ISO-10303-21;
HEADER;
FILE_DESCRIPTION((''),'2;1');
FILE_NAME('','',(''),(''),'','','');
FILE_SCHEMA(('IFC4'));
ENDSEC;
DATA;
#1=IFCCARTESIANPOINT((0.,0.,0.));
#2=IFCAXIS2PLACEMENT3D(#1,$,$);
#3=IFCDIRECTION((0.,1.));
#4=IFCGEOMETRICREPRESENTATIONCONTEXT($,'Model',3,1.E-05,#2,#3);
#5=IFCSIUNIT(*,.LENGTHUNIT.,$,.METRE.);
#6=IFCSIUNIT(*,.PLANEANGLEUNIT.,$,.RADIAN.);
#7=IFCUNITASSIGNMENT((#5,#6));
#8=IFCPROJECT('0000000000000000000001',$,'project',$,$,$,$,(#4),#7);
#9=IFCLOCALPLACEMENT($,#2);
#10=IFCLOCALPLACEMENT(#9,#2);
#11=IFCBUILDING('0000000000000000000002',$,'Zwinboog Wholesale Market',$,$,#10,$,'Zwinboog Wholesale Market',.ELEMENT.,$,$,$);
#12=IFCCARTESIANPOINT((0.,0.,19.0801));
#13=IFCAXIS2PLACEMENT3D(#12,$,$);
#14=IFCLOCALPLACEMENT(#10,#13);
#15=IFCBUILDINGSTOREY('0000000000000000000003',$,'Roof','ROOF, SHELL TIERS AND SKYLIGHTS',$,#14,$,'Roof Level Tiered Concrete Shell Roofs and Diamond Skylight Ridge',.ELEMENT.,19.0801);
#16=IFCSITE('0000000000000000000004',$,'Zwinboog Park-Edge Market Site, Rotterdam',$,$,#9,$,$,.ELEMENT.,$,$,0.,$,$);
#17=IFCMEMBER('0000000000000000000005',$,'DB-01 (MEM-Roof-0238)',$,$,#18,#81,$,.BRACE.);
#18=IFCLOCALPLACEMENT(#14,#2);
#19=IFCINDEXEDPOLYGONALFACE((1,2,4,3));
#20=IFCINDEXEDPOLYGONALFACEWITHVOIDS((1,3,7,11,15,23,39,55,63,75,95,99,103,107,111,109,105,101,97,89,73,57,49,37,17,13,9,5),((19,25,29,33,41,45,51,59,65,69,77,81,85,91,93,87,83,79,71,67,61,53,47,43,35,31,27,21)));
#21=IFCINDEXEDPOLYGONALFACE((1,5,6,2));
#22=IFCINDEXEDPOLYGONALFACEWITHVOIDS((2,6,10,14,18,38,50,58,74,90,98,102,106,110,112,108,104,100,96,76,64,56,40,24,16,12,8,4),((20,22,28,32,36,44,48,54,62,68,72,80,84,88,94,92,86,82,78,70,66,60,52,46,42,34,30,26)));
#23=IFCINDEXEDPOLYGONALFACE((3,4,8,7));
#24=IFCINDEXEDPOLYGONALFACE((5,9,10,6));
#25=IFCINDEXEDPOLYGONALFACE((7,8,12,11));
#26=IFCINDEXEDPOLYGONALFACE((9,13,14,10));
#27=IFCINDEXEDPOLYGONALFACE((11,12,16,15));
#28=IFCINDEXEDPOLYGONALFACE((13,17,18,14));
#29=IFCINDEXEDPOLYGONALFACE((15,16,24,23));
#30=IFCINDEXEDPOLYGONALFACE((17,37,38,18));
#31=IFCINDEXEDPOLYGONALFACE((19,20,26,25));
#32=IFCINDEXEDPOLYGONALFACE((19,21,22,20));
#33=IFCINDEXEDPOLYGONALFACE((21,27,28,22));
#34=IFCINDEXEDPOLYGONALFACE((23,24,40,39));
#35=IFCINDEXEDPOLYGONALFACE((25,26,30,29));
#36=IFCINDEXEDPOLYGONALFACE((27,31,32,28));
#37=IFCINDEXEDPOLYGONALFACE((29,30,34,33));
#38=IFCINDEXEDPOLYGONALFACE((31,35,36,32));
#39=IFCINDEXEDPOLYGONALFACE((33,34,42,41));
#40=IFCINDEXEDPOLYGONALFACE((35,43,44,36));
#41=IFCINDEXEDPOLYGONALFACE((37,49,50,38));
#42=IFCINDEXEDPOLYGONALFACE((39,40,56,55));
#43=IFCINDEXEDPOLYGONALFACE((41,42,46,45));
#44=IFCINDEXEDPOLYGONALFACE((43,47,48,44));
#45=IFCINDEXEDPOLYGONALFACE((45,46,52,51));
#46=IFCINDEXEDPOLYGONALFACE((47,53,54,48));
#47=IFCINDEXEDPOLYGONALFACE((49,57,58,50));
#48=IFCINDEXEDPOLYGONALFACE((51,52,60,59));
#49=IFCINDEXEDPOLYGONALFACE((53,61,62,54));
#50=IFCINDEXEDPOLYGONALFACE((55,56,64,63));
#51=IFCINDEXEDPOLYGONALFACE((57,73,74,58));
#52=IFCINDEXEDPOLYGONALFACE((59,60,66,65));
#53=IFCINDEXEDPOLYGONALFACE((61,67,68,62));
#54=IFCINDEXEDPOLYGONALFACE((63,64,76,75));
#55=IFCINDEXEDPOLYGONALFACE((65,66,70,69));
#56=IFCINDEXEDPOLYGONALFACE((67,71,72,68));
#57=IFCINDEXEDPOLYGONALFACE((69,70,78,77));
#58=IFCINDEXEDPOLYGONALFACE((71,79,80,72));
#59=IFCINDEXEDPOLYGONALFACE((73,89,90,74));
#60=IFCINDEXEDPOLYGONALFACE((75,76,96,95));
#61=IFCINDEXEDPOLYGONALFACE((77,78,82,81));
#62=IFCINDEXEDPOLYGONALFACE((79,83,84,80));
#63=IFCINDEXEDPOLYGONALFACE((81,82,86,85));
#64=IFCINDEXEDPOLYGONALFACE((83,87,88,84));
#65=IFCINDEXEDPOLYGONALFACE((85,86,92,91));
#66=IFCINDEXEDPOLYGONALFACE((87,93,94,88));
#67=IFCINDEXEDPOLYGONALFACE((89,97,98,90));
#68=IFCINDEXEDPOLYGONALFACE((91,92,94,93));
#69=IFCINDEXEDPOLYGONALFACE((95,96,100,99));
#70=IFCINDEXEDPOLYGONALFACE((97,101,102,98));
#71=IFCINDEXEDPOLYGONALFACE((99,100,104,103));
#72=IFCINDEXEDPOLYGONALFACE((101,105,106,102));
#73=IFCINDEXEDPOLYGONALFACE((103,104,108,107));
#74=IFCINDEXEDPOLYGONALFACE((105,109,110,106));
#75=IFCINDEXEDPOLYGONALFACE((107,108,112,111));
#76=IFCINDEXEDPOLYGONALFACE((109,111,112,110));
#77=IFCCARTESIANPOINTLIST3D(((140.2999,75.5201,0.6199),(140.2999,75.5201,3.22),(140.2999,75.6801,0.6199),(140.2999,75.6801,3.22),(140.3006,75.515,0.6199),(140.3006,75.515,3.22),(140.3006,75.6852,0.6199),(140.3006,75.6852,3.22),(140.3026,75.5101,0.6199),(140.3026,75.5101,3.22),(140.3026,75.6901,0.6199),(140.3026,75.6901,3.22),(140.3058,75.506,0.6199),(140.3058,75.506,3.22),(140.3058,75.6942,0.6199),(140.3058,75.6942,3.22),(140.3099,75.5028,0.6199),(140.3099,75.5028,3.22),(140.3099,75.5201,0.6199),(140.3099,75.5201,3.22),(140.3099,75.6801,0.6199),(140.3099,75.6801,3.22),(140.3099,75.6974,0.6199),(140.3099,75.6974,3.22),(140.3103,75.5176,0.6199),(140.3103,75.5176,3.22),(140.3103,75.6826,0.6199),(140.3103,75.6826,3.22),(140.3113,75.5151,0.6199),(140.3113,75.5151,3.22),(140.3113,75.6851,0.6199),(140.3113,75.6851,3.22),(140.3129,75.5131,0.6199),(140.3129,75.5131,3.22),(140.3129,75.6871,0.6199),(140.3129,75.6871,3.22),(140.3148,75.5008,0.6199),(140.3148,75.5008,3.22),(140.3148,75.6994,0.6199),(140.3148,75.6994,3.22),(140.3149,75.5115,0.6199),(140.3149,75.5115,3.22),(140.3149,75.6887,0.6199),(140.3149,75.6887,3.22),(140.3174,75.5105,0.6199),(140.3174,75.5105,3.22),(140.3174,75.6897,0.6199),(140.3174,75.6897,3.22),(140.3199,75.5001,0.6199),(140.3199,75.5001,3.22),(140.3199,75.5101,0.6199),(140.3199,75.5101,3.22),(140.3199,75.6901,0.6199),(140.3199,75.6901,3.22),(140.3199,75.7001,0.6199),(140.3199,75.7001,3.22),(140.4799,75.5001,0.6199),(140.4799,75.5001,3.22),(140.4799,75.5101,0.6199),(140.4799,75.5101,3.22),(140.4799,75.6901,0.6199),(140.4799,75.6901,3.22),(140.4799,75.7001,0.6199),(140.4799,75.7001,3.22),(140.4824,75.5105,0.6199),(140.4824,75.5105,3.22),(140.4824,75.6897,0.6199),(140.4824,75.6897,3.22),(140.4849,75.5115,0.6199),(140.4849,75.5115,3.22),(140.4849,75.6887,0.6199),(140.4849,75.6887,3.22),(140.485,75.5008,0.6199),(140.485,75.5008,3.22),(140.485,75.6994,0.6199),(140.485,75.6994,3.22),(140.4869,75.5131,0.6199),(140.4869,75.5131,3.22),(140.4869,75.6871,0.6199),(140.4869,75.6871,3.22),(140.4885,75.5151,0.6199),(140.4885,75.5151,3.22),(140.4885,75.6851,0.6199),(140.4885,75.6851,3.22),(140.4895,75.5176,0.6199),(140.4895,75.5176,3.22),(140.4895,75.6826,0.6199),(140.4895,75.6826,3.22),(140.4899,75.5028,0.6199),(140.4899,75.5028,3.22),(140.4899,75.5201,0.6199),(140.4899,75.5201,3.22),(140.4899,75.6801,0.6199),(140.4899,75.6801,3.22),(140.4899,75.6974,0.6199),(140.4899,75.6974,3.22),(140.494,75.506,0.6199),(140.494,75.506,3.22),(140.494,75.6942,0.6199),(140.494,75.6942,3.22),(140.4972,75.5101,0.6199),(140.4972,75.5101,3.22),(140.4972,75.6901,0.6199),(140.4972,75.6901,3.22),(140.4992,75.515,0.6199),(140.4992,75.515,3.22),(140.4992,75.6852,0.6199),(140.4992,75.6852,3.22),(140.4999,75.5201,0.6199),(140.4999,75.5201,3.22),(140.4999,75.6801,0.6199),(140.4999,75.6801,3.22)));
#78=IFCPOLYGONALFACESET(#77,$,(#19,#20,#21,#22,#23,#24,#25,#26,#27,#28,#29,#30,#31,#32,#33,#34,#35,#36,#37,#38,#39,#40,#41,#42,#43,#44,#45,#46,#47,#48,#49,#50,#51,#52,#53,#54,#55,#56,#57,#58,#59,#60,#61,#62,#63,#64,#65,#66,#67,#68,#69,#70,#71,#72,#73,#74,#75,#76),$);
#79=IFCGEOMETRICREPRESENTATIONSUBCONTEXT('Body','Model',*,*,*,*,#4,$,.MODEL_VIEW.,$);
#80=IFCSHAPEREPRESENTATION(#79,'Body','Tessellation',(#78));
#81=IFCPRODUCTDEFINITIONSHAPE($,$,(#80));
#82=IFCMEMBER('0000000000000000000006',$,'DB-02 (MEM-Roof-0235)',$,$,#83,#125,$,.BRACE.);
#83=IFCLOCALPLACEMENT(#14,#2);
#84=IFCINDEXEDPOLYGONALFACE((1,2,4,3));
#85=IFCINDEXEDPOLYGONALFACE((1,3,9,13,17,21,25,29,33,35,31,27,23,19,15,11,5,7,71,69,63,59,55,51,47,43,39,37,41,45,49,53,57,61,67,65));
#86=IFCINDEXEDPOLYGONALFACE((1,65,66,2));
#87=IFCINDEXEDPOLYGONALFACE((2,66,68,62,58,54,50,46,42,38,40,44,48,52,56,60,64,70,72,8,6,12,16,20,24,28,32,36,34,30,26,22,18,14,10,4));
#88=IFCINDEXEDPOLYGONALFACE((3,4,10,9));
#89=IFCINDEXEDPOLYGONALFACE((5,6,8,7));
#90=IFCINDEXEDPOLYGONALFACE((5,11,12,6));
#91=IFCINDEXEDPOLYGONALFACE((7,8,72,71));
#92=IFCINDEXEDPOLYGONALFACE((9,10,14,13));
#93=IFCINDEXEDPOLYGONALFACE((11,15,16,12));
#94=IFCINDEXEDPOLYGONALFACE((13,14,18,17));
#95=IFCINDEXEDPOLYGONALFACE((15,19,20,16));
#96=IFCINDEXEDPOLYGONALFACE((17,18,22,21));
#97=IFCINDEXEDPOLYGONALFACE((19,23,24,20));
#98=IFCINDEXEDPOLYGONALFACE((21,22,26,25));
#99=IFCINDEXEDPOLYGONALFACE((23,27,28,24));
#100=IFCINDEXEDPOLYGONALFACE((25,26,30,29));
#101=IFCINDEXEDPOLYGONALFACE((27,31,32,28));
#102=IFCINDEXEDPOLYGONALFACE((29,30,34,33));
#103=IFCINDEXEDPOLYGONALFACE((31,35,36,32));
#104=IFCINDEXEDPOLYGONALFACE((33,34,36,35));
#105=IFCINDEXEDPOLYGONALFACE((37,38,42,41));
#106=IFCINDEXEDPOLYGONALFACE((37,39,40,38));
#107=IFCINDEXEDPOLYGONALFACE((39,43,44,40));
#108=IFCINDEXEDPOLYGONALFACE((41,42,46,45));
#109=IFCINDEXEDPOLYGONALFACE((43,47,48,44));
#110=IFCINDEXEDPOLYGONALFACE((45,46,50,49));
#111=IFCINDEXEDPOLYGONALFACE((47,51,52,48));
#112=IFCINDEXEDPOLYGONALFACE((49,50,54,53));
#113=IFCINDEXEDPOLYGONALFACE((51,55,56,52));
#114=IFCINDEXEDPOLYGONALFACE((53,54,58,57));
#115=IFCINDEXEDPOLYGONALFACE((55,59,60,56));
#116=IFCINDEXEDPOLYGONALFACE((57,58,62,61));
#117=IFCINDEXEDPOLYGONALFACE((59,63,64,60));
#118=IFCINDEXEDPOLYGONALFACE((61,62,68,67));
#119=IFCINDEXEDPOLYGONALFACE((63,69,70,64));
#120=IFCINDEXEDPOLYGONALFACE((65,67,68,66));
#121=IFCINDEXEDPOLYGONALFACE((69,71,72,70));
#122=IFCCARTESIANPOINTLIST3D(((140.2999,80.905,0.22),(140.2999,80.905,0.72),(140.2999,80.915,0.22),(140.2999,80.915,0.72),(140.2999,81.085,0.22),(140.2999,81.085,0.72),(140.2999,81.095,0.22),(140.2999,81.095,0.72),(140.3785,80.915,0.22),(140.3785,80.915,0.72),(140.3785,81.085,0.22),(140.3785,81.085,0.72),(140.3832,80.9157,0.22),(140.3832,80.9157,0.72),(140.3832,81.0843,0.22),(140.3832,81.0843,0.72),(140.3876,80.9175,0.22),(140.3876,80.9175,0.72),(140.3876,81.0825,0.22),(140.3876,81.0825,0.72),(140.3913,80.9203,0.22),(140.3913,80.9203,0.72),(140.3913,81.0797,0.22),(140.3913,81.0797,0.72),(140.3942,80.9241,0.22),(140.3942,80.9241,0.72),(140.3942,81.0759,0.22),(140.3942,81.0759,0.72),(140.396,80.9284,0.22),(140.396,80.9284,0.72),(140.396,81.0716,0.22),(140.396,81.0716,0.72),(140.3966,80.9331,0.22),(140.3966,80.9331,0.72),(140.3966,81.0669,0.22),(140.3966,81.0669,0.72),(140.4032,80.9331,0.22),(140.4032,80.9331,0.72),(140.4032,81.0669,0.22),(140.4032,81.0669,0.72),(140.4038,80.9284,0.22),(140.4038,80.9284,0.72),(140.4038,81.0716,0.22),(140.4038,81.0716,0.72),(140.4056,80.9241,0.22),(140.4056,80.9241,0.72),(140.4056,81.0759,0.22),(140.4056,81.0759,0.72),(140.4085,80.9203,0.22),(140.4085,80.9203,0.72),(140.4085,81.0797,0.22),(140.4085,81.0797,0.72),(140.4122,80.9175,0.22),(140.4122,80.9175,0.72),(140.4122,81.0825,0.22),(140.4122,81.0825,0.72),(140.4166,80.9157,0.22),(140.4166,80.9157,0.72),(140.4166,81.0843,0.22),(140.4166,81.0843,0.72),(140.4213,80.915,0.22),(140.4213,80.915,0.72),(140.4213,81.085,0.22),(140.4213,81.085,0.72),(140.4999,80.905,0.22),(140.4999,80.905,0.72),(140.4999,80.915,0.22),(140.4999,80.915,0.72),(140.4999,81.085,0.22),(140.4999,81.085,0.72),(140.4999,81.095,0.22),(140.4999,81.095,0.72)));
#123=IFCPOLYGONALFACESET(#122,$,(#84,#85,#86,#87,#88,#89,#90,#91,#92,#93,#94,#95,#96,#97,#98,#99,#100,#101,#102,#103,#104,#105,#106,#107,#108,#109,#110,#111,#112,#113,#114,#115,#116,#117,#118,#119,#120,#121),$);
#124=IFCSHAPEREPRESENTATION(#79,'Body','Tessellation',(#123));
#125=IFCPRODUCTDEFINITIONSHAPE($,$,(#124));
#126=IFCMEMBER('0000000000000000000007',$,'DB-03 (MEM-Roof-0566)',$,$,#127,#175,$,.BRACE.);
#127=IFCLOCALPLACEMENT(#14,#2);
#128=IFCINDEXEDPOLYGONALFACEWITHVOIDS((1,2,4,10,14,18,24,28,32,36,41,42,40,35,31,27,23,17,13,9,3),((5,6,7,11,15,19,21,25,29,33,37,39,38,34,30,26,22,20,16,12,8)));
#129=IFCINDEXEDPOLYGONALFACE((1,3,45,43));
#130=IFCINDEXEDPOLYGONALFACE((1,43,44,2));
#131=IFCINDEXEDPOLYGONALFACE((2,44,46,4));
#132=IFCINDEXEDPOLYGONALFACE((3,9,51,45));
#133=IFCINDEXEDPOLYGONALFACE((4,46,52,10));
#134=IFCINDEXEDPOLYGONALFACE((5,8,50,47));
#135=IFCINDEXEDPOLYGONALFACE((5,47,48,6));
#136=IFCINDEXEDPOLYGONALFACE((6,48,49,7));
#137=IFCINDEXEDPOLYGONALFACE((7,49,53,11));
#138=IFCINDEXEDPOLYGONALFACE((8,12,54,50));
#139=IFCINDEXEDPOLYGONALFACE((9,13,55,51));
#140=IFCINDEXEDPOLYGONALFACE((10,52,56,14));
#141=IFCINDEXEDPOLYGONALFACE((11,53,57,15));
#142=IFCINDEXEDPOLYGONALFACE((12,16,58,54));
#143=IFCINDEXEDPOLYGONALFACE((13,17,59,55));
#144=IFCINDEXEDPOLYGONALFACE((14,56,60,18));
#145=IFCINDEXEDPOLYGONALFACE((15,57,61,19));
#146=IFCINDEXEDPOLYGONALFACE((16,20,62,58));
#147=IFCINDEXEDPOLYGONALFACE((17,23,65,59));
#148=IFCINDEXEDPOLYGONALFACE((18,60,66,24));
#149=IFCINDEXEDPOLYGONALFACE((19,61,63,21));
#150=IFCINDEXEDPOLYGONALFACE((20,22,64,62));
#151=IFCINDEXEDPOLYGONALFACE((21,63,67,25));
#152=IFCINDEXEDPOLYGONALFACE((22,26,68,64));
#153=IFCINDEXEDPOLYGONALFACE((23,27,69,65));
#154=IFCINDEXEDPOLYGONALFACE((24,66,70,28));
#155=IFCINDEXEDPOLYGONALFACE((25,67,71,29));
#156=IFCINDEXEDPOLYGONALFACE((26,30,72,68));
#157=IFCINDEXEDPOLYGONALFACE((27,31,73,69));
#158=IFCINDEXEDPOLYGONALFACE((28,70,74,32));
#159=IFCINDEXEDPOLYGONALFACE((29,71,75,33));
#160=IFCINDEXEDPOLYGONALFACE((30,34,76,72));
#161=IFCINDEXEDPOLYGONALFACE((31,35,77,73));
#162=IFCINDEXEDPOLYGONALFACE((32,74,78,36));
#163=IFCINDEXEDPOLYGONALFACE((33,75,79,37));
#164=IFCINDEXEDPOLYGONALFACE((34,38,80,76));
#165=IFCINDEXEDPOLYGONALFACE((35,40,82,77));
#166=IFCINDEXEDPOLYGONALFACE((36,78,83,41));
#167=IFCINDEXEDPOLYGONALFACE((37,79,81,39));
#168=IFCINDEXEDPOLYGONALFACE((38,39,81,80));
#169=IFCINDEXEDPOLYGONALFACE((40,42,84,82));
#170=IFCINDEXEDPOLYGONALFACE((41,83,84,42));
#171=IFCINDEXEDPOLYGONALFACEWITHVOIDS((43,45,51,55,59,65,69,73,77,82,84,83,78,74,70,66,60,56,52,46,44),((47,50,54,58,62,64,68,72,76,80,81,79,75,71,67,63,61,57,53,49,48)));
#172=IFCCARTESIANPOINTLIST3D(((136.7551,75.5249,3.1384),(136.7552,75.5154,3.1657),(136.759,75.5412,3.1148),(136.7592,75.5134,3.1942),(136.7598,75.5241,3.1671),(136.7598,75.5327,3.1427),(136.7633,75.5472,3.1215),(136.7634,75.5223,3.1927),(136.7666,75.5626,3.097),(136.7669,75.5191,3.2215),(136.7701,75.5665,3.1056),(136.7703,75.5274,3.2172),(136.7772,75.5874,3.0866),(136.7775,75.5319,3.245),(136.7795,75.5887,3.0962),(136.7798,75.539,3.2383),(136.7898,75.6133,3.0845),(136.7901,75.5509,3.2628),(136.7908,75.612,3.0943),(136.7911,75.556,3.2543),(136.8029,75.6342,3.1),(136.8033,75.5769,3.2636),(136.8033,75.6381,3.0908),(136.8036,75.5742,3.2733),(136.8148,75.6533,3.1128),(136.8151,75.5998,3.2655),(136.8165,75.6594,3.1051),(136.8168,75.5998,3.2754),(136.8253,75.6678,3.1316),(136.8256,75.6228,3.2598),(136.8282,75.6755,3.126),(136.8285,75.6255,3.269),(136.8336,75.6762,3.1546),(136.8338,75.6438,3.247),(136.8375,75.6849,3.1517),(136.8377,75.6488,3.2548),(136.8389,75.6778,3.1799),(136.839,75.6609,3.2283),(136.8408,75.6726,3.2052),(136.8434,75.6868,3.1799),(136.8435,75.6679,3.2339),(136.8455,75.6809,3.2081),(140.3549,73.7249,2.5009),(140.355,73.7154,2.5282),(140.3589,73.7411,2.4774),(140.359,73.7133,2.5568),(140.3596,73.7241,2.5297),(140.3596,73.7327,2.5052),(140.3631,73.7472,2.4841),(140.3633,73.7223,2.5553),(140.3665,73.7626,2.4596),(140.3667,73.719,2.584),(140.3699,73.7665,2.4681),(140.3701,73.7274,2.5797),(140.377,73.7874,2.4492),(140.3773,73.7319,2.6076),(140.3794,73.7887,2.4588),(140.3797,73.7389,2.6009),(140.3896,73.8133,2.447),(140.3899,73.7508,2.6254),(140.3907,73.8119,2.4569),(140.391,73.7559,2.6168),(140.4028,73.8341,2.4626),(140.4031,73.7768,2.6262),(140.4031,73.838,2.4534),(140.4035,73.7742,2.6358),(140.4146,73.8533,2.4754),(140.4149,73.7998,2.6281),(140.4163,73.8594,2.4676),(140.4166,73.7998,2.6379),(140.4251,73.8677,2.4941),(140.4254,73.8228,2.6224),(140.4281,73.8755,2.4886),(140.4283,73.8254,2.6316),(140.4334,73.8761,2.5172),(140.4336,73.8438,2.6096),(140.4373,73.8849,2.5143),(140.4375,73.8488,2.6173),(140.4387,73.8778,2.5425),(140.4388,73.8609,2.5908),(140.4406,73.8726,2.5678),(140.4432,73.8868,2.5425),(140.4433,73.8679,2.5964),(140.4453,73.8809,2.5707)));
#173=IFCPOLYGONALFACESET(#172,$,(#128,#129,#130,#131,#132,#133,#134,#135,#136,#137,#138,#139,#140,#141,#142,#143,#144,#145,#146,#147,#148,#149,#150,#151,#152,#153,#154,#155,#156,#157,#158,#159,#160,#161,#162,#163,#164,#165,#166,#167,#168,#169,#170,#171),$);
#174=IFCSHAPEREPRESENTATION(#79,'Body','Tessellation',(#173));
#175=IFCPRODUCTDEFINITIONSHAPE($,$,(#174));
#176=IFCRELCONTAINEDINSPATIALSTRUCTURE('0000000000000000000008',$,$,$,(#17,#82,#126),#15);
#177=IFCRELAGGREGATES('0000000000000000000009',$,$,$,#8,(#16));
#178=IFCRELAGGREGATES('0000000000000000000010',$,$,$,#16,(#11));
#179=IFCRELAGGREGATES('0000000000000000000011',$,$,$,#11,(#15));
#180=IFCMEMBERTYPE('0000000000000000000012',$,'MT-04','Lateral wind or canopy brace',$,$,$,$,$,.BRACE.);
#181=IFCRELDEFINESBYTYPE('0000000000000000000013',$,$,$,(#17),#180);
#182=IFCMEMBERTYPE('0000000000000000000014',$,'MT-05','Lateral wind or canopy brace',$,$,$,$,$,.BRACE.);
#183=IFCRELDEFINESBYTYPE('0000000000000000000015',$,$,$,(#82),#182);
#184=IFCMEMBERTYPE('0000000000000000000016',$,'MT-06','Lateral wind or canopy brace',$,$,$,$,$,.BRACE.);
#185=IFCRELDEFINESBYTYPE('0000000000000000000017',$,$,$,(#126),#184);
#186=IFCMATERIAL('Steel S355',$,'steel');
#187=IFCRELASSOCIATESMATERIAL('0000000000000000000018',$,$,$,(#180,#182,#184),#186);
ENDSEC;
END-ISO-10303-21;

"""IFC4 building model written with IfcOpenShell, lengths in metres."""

from ifc_helpers import new_model, si_unit, direction, frame, origin, origin_2d, place, context, subcontext, project, spatial, hollow_rectangle, hollow_circle, i_section, extrude, material, material_profile, profile_set, type_object, element, save


model = new_model("IFC4")

# Units and contexts
model_context = context("Model", 3, precision=1e-05, world=origin(), true_north=direction((0.0, 1.0)))
body_context = subcontext(model_context, "Body", "Model", "MODEL_VIEW")
ifc_project = project(units=[si_unit("LENGTHUNIT", "METRE"), si_unit("PLANEANGLEUNIT", "RADIAN")], contexts=[model_context])

# Site, building, storey
site_placement = place(None, origin())
site = spatial("IfcSite", under=ifc_project, at=site_placement, Name="Zwinboog Park-Edge Market Site, Rotterdam", CompositionType="ELEMENT", RefElevation=0.0)
building_placement = place(site_placement, origin())
building = spatial("IfcBuilding", under=site, at=building_placement, Name="Zwinboog Wholesale Market", LongName="Zwinboog Wholesale Market", CompositionType="ELEMENT")
storey_placement = place(building_placement, frame((0.0, 0.0, 19.0801)))
storey = spatial("IfcBuildingStorey", under=building, at=storey_placement, Name="Roof", Description="ROOF, SHELL TIERS AND SKYLIGHTS", LongName="Roof Level Tiered Concrete Shell Roofs and Diamond Skylight Ridge", CompositionType="ELEMENT", Elevation=19.0801)

# Members
ifc_material_1 = material(Name="Steel S355", Category="steel")
ifc_material_profile_1 = material_profile(ifc_material_1, hollow_rectangle(XDim=0.2, YDim=0.2, WallThickness=0.01, InnerFilletRadius=0.01, OuterFilletRadius=0.02, at=origin_2d()), Name="SHS 200x200x10")
ifc_profile_set_1 = profile_set([ifc_material_profile_1], Name="Steel S355")
member_type_1 = type_object("IfcMemberType", Name="MT-04", Description="Lateral wind or canopy brace", PredefinedType="BRACE", material=ifc_profile_set_1)
member_1_placement = place(storey_placement, frame((140.3999, 75.6001, 0.6199), z_axis=(0.0, 0.0, 1.0), x_axis=(1.0, 0.0, 0.0)))
element("IfcMember", 1, at=member_1_placement, inside=storey, type_object=member_type_1, Name="DB-01 (MEM-Roof-0238)", PredefinedType="BRACE", context=body_context, shape_type="SweptSolid", body=[
    extrude(hollow_rectangle(XDim=0.2, YDim=0.2, WallThickness=0.01, InnerFilletRadius=0.01, OuterFilletRadius=0.02, at=origin_2d()), origin(), (0.0, 0.0, 1.0), 2.6001),
])
ifc_material_profile_2 = material_profile(ifc_material_1, i_section(OverallWidth=0.2, OverallDepth=0.1899, WebThickness=0.0066, FlangeThickness=0.01, FilletRadius=0.0181, at=origin_2d()), Name="HEA 200")
ifc_profile_set_2 = profile_set([ifc_material_profile_2], Name="Steel S355")
member_type_2 = type_object("IfcMemberType", Name="MT-05", Description="Lateral wind or canopy brace", PredefinedType="BRACE", material=ifc_profile_set_2)
member_2_placement = place(storey_placement, frame((140.3999, 81.0, 0.22), z_axis=(0.0, 0.0, 1.0), x_axis=(1.0, 0.0, 0.0)))
element("IfcMember", 2, at=member_2_placement, inside=storey, type_object=member_type_2, Name="DB-02 (MEM-Roof-0235)", PredefinedType="BRACE", context=body_context, shape_type="SweptSolid", body=[
    extrude(i_section(OverallWidth=0.2, OverallDepth=0.1899, WebThickness=0.0066, FlangeThickness=0.01, FilletRadius=0.0181, at=origin_2d()), origin(), (0.0, 0.0, 1.0), 0.5),
])
ifc_material_profile_3 = material_profile(ifc_material_1, hollow_circle(Radius=0.0969, WallThickness=0.01, at=origin_2d()), Name="CHS 193.7x10")
ifc_profile_set_3 = profile_set([ifc_material_profile_3], Name="Steel S355")
member_type_3 = type_object("IfcMemberType", Name="MT-06", Description="Lateral wind or canopy brace", PredefinedType="BRACE", material=ifc_profile_set_3)
for number, where, z_axis, x_axis, name in (
    (3, (136.8, 75.6001, 3.1799), (0.883404, -0.441732, -0.15643), (0.447238, 0.894415, 0.0), "DB-03 (MEM-Roof-0566)"),
):
    element("IfcMember", number, at=place(storey_placement, frame(where, z_axis=z_axis, x_axis=x_axis)), inside=storey, type_object=member_type_3, Name=name, PredefinedType="BRACE", context=body_context, shape_type="SweptSolid", body=[
        extrude(hollow_circle(Radius=0.0969, WallThickness=0.01, at=origin_2d()), origin(), (0.0, 0.0, 1.0), 4.075),
    ])

save(model, "model.ifc")
